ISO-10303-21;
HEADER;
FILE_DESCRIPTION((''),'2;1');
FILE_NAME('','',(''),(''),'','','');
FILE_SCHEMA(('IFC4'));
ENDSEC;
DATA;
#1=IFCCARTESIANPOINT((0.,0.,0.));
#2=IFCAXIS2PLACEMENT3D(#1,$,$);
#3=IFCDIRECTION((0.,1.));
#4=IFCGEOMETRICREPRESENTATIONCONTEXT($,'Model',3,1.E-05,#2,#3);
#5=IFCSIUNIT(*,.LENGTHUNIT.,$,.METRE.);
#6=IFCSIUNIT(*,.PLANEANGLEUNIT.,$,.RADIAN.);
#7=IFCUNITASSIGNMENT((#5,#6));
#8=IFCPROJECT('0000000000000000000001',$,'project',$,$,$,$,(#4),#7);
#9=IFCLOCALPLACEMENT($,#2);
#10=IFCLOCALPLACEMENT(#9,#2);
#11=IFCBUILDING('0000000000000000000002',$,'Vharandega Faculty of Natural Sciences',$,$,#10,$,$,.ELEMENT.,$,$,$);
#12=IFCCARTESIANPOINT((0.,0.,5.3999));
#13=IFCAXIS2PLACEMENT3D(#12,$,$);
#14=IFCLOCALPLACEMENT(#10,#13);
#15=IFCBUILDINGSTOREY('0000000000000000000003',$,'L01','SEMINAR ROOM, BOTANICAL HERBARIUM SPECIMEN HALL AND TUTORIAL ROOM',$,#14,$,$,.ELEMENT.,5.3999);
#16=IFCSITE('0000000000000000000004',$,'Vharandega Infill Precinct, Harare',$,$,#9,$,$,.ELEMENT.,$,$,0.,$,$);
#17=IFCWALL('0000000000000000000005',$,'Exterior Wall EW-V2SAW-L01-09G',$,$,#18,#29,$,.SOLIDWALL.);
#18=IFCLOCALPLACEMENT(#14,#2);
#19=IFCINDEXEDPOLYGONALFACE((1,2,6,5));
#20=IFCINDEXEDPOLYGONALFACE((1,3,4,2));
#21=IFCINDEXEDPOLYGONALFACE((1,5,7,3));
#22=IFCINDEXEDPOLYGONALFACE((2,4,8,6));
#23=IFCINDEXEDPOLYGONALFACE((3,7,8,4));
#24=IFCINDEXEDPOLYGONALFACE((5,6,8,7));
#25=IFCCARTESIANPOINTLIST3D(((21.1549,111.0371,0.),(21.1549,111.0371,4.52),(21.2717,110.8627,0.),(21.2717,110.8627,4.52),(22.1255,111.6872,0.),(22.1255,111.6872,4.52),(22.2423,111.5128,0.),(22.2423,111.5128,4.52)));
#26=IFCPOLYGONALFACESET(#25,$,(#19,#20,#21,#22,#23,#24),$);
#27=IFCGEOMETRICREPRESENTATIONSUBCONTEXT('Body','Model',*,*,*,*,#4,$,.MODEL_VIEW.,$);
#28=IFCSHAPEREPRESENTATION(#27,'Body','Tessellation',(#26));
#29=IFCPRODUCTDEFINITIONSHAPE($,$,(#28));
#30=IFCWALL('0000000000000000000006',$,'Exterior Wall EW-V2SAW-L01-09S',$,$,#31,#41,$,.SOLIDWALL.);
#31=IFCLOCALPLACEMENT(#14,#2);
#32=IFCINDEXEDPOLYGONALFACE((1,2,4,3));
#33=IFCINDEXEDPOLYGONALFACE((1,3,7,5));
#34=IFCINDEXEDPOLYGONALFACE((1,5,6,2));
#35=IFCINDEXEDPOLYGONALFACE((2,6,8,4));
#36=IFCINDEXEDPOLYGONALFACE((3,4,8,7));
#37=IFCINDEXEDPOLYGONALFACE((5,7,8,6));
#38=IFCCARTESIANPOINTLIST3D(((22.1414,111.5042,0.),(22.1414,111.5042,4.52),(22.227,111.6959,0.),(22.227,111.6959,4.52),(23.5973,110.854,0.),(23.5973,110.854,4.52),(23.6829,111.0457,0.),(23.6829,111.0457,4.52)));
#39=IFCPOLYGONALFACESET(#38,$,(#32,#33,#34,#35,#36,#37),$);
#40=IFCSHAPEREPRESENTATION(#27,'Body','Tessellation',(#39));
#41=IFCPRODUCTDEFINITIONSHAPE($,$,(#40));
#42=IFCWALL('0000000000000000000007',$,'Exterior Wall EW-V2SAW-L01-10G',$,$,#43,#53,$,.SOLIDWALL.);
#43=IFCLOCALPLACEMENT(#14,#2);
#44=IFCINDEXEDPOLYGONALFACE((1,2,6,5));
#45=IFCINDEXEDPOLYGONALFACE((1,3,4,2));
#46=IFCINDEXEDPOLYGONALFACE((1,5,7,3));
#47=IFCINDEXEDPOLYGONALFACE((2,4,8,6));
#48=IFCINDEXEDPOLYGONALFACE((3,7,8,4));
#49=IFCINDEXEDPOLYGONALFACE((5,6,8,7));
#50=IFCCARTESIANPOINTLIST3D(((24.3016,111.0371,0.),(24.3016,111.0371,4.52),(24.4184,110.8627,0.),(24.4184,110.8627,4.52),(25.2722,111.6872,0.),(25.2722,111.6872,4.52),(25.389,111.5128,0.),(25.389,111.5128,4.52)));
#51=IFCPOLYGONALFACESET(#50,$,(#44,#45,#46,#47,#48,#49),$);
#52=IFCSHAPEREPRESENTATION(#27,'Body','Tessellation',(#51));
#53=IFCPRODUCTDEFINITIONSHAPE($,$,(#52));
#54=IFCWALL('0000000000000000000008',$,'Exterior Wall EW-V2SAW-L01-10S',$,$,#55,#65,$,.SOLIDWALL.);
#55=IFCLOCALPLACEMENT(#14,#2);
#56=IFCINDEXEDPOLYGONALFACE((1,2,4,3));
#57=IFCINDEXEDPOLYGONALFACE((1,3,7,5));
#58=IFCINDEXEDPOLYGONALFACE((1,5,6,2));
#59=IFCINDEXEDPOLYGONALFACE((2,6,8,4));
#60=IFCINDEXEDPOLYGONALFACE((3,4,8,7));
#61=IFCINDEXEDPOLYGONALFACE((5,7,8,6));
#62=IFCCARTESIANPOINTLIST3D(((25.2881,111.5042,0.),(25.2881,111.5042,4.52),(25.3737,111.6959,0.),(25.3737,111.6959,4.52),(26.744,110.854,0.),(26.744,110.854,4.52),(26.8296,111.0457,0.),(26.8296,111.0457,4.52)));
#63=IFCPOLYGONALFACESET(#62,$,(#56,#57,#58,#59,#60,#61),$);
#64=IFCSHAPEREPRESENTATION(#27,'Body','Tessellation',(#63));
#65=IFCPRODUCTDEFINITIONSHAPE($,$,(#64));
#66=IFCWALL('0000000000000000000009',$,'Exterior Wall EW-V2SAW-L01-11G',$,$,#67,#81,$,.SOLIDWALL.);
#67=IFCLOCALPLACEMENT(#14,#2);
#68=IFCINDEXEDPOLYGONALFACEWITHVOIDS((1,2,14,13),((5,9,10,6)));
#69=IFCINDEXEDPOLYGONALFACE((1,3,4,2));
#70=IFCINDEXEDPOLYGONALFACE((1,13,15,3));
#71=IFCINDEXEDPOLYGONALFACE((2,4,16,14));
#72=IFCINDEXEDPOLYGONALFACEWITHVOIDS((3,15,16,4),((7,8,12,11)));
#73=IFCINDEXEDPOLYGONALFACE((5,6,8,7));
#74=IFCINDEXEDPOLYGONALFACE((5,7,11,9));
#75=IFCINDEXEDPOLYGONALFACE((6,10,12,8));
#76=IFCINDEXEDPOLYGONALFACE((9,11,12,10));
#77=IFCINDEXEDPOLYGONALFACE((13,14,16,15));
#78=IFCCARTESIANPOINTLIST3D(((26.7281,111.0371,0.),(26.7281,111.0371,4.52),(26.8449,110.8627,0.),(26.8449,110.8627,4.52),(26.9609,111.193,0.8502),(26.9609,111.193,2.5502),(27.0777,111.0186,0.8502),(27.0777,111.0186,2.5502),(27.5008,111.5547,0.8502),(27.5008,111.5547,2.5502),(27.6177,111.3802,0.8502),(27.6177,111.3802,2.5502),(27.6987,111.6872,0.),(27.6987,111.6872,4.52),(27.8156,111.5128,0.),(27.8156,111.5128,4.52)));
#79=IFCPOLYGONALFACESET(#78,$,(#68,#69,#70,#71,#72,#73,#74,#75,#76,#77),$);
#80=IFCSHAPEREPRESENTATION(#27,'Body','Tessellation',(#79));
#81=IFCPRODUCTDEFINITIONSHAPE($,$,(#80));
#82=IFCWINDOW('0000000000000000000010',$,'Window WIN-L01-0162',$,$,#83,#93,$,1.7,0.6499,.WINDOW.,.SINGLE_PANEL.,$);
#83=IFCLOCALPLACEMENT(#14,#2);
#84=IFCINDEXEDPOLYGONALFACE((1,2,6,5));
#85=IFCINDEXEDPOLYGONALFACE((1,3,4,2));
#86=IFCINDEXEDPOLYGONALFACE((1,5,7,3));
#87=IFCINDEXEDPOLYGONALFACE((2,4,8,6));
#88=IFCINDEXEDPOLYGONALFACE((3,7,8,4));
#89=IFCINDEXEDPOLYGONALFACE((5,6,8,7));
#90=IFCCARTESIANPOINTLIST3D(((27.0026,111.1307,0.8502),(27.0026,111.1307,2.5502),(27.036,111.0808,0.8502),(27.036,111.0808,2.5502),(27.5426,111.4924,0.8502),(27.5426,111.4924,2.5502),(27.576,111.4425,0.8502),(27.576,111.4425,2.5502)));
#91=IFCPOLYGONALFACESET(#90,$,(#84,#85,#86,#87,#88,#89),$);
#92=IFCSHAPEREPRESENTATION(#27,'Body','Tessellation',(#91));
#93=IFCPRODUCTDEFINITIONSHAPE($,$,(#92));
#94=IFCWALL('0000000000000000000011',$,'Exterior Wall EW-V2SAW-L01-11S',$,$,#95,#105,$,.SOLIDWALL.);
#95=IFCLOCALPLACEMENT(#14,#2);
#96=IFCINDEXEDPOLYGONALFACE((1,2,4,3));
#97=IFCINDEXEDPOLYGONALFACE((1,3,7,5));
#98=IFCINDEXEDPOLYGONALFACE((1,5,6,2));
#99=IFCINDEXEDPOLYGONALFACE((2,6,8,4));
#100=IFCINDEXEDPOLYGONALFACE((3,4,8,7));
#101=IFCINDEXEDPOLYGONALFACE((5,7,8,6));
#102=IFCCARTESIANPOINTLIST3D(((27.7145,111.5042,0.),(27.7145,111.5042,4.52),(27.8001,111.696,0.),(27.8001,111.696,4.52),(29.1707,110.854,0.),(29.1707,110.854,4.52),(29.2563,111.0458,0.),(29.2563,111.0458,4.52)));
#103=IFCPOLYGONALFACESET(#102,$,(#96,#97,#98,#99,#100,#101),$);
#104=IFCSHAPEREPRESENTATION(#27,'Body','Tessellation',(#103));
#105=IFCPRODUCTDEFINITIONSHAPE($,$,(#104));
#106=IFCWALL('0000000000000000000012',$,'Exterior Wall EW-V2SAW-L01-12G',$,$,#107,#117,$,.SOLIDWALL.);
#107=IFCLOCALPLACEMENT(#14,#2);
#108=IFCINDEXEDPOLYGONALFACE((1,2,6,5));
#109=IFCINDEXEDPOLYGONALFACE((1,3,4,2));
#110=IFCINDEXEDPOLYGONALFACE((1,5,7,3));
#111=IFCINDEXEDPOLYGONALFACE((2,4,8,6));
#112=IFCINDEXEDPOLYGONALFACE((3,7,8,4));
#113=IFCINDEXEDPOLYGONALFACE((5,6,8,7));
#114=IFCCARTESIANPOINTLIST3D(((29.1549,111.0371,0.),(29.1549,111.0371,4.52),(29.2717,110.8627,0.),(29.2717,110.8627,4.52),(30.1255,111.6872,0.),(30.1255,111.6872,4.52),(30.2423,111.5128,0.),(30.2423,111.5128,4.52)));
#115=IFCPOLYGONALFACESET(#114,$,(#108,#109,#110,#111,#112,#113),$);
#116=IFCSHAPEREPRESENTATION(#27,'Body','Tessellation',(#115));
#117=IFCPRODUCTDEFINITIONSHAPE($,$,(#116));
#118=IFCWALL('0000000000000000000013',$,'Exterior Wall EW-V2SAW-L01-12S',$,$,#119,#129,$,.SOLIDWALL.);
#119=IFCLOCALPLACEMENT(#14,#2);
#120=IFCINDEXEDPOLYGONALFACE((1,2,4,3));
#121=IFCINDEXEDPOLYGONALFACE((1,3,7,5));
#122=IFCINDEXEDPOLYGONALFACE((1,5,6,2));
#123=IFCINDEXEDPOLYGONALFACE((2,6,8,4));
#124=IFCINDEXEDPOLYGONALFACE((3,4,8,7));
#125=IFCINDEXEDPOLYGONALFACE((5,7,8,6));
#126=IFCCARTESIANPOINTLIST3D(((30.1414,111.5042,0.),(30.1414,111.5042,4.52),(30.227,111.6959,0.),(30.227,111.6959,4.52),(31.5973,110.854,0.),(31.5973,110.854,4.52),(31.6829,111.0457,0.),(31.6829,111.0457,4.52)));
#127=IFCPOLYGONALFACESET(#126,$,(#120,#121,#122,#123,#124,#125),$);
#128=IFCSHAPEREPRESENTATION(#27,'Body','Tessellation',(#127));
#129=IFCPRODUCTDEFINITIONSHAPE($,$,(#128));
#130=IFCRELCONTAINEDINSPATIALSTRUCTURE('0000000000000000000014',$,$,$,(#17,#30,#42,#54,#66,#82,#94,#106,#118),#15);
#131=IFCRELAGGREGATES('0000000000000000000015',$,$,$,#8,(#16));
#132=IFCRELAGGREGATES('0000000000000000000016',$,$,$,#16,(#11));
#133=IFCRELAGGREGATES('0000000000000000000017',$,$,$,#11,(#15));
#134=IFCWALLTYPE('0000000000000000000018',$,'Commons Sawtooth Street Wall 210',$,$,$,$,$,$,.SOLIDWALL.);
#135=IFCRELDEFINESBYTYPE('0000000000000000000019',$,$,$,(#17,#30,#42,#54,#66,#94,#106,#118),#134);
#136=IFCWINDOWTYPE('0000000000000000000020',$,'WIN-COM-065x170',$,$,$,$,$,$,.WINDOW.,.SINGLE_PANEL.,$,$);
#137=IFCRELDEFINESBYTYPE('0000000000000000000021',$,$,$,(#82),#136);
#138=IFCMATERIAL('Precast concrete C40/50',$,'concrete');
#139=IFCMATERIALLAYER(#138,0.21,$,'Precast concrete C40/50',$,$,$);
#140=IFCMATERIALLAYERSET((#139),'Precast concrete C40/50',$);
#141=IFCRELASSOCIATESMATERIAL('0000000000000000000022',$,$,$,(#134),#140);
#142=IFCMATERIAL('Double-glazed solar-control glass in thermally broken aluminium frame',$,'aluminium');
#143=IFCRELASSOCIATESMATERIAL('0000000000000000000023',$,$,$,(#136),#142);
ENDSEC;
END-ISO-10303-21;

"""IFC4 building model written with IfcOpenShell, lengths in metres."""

from ifc_helpers import new_model, si_unit, direction, frame, frame_2d, origin, place, context, subcontext, project, spatial, rectangle, extrude, material, layer, layer_set, type_object, element, fill, save


model = new_model("IFC4")

# Units and contexts
model_context = context("Model", 3, precision=1e-05, world=origin(), true_north=direction((0.0, 1.0)))
body_context = subcontext(model_context, "Body", "Model", "MODEL_VIEW")
ifc_project = project(units=[si_unit("LENGTHUNIT", "METRE"), si_unit("PLANEANGLEUNIT", "RADIAN")], contexts=[model_context])

# Site, building, storey
site_placement = place(None, origin())
site = spatial("IfcSite", under=ifc_project, at=site_placement, Name="Vharandega Infill Precinct, Harare", CompositionType="ELEMENT", RefElevation=0.0)
building_placement = place(site_placement, origin())
building = spatial("IfcBuilding", under=site, at=building_placement, Name="Vharandega Faculty of Natural Sciences", CompositionType="ELEMENT")
storey_placement = place(building_placement, frame((0.0, 0.0, 5.3999)))
storey = spatial("IfcBuildingStorey", under=building, at=storey_placement, Name="L01", Description="SEMINAR ROOM, BOTANICAL HERBARIUM SPECIMEN HALL AND TUTORIAL ROOM", CompositionType="ELEMENT", Elevation=5.3999)

# Walls
ifc_material_1 = material(Name="Precast concrete C40/50", Category="concrete")
ifc_layer_1 = layer(ifc_material_1, 0.21, Name="Precast concrete C40/50")
ifc_layer_set_1 = layer_set([ifc_layer_1], Name="Precast concrete C40/50")
wall_type = type_object("IfcWallType", Name="Commons Sawtooth Street Wall 210", PredefinedType="SOLIDWALL", material=ifc_layer_set_1)
wall_1_placement = place(storey_placement, frame((21.2134, 110.95, 0.0), z_axis=(0.0, 0.0, 1.0), x_axis=(0.830859, 0.556483, 0.0)))
element("IfcWall", 1, at=wall_1_placement, inside=storey, type_object=wall_type, Name="Exterior Wall EW-V2SAW-L01-09G", PredefinedType="SOLIDWALL", context=body_context, shape_type="SweptSolid", body=[
    extrude(rectangle(XDim=1.1682, YDim=0.21, at=frame_2d((0.584, 0.0))), origin(), (0.0, 0.0, 1.0), 4.52),
])
wall_2_placement = place(storey_placement, frame((22.1841, 111.6001, 0.0), z_axis=(0.0, 0.0, 1.0), x_axis=(0.913084, -0.407772, 0.0)))
element("IfcWall", 2, at=wall_2_placement, inside=storey, type_object=wall_type, Name="Exterior Wall EW-V2SAW-L01-09S", PredefinedType="SOLIDWALL", context=body_context, shape_type="SweptSolid", body=[
    extrude(rectangle(XDim=1.5945, YDim=0.21, at=frame_2d((0.7974, 0.0))), origin(), (0.0, 0.0, 1.0), 4.52),
])
wall_3_placement = place(storey_placement, frame((24.3601, 110.95, 0.0), z_axis=(0.0, 0.0, 1.0), x_axis=(0.830859, 0.556483, 0.0)))
element("IfcWall", 3, at=wall_3_placement, inside=storey, type_object=wall_type, Name="Exterior Wall EW-V2SAW-L01-10G", PredefinedType="SOLIDWALL", context=body_context, shape_type="SweptSolid", body=[
    extrude(rectangle(XDim=1.1682, YDim=0.21, at=frame_2d((0.584, 0.0))), origin(), (0.0, 0.0, 1.0), 4.52),
])
wall_4_placement = place(storey_placement, frame((25.3308, 111.6001, 0.0), z_axis=(0.0, 0.0, 1.0), x_axis=(0.913084, -0.407772, 0.0)))
element("IfcWall", 4, at=wall_4_placement, inside=storey, type_object=wall_type, Name="Exterior Wall EW-V2SAW-L01-10S", PredefinedType="SOLIDWALL", context=body_context, shape_type="SweptSolid", body=[
    extrude(rectangle(XDim=1.5945, YDim=0.21, at=frame_2d((0.7974, 0.0))), origin(), (0.0, 0.0, 1.0), 4.52),
])

# Wall, opening, window
wall_5_placement = place(storey_placement, frame((26.7866, 110.95, 0.0), z_axis=(0.0, 0.0, 1.0), x_axis=(0.830859, 0.556483, 0.0)))
wall_5 = element("IfcWall", 5, at=wall_5_placement, inside=storey, type_object=wall_type, Name="Exterior Wall EW-V2SAW-L01-11G", PredefinedType="SOLIDWALL", context=body_context, shape_type="SweptSolid", body=[
    extrude(rectangle(XDim=1.1682, YDim=0.21, at=frame_2d((0.584, 0.0))), origin(), (0.0, 0.0, 1.0), 4.52),
])
opening_placement = place(wall_5_placement, frame((0.28, 0.0, 0.8501)))
opening = element("IfcOpeningElement", 6, at=opening_placement, cuts=wall_5, PredefinedType="OPENING", context=body_context, shape_type="SweptSolid", body=[
    extrude(rectangle(XDim=0.6499, YDim=1.7, at=frame_2d((0.325, 0.8501))), frame((0.0, 0.115, 0.0), z_axis=(0.0, -1.0, 0.0), x_axis=(1.0, 0.0, 0.0)), (0.0, 0.0, 1.0), 0.23),
])
ifc_material_2 = material(Name="Double-glazed solar-control glass in thermally broken aluminium frame", Category="aluminium")
window_type = type_object("IfcWindowType", Name="WIN-COM-065x170", PartitioningType="SINGLE_PANEL", PredefinedType="WINDOW", material=ifc_material_2)
window_placement = place(opening_placement, origin())
window = element("IfcWindow", 7, at=window_placement, inside=storey, type_object=window_type, Name="Window WIN-L01-0162", OverallHeight=1.7, OverallWidth=0.6499, PartitioningType="SINGLE_PANEL", PredefinedType="WINDOW", context=body_context, shape_type="SweptSolid", body=[
    extrude(rectangle(XDim=0.6499, YDim=1.7, at=frame_2d((0.325, 0.8501))), frame((0.0, 0.03, 0.0), z_axis=(0.0, -1.0, 0.0), x_axis=(1.0, 0.0, 0.0)), (0.0, 0.0, 1.0), 0.0601),
])
fill(opening, window)

# Walls
wall_6_placement = place(storey_placement, frame((27.7573, 111.6001, 0.0), z_axis=(0.0, 0.0, 1.0), x_axis=(0.913109, -0.407715, 0.0)))
element("IfcWall", 8, at=wall_6_placement, inside=storey, type_object=wall_type, Name="Exterior Wall EW-V2SAW-L01-11S", PredefinedType="SOLIDWALL", context=body_context, shape_type="SweptSolid", body=[
    extrude(rectangle(XDim=1.5947, YDim=0.21, at=frame_2d((0.7974, 0.0))), origin(), (0.0, 0.0, 1.0), 4.52),
])
wall_7_placement = place(storey_placement, frame((29.2134, 110.95, 0.0), z_axis=(0.0, 0.0, 1.0), x_axis=(0.830859, 0.556483, 0.0)))
element("IfcWall", 9, at=wall_7_placement, inside=storey, type_object=wall_type, Name="Exterior Wall EW-V2SAW-L01-12G", PredefinedType="SOLIDWALL", context=body_context, shape_type="SweptSolid", body=[
    extrude(rectangle(XDim=1.1682, YDim=0.21, at=frame_2d((0.584, 0.0))), origin(), (0.0, 0.0, 1.0), 4.52),
])
wall_8_placement = place(storey_placement, frame((30.1841, 111.6001, 0.0), z_axis=(0.0, 0.0, 1.0), x_axis=(0.913084, -0.407772, 0.0)))
element("IfcWall", 10, at=wall_8_placement, inside=storey, type_object=wall_type, Name="Exterior Wall EW-V2SAW-L01-12S", PredefinedType="SOLIDWALL", context=body_context, shape_type="SweptSolid", body=[
    extrude(rectangle(XDim=1.5945, YDim=0.21, at=frame_2d((0.7974, 0.0))), origin(), (0.0, 0.0, 1.0), 4.52),
])

save(model, "model.ifc")
